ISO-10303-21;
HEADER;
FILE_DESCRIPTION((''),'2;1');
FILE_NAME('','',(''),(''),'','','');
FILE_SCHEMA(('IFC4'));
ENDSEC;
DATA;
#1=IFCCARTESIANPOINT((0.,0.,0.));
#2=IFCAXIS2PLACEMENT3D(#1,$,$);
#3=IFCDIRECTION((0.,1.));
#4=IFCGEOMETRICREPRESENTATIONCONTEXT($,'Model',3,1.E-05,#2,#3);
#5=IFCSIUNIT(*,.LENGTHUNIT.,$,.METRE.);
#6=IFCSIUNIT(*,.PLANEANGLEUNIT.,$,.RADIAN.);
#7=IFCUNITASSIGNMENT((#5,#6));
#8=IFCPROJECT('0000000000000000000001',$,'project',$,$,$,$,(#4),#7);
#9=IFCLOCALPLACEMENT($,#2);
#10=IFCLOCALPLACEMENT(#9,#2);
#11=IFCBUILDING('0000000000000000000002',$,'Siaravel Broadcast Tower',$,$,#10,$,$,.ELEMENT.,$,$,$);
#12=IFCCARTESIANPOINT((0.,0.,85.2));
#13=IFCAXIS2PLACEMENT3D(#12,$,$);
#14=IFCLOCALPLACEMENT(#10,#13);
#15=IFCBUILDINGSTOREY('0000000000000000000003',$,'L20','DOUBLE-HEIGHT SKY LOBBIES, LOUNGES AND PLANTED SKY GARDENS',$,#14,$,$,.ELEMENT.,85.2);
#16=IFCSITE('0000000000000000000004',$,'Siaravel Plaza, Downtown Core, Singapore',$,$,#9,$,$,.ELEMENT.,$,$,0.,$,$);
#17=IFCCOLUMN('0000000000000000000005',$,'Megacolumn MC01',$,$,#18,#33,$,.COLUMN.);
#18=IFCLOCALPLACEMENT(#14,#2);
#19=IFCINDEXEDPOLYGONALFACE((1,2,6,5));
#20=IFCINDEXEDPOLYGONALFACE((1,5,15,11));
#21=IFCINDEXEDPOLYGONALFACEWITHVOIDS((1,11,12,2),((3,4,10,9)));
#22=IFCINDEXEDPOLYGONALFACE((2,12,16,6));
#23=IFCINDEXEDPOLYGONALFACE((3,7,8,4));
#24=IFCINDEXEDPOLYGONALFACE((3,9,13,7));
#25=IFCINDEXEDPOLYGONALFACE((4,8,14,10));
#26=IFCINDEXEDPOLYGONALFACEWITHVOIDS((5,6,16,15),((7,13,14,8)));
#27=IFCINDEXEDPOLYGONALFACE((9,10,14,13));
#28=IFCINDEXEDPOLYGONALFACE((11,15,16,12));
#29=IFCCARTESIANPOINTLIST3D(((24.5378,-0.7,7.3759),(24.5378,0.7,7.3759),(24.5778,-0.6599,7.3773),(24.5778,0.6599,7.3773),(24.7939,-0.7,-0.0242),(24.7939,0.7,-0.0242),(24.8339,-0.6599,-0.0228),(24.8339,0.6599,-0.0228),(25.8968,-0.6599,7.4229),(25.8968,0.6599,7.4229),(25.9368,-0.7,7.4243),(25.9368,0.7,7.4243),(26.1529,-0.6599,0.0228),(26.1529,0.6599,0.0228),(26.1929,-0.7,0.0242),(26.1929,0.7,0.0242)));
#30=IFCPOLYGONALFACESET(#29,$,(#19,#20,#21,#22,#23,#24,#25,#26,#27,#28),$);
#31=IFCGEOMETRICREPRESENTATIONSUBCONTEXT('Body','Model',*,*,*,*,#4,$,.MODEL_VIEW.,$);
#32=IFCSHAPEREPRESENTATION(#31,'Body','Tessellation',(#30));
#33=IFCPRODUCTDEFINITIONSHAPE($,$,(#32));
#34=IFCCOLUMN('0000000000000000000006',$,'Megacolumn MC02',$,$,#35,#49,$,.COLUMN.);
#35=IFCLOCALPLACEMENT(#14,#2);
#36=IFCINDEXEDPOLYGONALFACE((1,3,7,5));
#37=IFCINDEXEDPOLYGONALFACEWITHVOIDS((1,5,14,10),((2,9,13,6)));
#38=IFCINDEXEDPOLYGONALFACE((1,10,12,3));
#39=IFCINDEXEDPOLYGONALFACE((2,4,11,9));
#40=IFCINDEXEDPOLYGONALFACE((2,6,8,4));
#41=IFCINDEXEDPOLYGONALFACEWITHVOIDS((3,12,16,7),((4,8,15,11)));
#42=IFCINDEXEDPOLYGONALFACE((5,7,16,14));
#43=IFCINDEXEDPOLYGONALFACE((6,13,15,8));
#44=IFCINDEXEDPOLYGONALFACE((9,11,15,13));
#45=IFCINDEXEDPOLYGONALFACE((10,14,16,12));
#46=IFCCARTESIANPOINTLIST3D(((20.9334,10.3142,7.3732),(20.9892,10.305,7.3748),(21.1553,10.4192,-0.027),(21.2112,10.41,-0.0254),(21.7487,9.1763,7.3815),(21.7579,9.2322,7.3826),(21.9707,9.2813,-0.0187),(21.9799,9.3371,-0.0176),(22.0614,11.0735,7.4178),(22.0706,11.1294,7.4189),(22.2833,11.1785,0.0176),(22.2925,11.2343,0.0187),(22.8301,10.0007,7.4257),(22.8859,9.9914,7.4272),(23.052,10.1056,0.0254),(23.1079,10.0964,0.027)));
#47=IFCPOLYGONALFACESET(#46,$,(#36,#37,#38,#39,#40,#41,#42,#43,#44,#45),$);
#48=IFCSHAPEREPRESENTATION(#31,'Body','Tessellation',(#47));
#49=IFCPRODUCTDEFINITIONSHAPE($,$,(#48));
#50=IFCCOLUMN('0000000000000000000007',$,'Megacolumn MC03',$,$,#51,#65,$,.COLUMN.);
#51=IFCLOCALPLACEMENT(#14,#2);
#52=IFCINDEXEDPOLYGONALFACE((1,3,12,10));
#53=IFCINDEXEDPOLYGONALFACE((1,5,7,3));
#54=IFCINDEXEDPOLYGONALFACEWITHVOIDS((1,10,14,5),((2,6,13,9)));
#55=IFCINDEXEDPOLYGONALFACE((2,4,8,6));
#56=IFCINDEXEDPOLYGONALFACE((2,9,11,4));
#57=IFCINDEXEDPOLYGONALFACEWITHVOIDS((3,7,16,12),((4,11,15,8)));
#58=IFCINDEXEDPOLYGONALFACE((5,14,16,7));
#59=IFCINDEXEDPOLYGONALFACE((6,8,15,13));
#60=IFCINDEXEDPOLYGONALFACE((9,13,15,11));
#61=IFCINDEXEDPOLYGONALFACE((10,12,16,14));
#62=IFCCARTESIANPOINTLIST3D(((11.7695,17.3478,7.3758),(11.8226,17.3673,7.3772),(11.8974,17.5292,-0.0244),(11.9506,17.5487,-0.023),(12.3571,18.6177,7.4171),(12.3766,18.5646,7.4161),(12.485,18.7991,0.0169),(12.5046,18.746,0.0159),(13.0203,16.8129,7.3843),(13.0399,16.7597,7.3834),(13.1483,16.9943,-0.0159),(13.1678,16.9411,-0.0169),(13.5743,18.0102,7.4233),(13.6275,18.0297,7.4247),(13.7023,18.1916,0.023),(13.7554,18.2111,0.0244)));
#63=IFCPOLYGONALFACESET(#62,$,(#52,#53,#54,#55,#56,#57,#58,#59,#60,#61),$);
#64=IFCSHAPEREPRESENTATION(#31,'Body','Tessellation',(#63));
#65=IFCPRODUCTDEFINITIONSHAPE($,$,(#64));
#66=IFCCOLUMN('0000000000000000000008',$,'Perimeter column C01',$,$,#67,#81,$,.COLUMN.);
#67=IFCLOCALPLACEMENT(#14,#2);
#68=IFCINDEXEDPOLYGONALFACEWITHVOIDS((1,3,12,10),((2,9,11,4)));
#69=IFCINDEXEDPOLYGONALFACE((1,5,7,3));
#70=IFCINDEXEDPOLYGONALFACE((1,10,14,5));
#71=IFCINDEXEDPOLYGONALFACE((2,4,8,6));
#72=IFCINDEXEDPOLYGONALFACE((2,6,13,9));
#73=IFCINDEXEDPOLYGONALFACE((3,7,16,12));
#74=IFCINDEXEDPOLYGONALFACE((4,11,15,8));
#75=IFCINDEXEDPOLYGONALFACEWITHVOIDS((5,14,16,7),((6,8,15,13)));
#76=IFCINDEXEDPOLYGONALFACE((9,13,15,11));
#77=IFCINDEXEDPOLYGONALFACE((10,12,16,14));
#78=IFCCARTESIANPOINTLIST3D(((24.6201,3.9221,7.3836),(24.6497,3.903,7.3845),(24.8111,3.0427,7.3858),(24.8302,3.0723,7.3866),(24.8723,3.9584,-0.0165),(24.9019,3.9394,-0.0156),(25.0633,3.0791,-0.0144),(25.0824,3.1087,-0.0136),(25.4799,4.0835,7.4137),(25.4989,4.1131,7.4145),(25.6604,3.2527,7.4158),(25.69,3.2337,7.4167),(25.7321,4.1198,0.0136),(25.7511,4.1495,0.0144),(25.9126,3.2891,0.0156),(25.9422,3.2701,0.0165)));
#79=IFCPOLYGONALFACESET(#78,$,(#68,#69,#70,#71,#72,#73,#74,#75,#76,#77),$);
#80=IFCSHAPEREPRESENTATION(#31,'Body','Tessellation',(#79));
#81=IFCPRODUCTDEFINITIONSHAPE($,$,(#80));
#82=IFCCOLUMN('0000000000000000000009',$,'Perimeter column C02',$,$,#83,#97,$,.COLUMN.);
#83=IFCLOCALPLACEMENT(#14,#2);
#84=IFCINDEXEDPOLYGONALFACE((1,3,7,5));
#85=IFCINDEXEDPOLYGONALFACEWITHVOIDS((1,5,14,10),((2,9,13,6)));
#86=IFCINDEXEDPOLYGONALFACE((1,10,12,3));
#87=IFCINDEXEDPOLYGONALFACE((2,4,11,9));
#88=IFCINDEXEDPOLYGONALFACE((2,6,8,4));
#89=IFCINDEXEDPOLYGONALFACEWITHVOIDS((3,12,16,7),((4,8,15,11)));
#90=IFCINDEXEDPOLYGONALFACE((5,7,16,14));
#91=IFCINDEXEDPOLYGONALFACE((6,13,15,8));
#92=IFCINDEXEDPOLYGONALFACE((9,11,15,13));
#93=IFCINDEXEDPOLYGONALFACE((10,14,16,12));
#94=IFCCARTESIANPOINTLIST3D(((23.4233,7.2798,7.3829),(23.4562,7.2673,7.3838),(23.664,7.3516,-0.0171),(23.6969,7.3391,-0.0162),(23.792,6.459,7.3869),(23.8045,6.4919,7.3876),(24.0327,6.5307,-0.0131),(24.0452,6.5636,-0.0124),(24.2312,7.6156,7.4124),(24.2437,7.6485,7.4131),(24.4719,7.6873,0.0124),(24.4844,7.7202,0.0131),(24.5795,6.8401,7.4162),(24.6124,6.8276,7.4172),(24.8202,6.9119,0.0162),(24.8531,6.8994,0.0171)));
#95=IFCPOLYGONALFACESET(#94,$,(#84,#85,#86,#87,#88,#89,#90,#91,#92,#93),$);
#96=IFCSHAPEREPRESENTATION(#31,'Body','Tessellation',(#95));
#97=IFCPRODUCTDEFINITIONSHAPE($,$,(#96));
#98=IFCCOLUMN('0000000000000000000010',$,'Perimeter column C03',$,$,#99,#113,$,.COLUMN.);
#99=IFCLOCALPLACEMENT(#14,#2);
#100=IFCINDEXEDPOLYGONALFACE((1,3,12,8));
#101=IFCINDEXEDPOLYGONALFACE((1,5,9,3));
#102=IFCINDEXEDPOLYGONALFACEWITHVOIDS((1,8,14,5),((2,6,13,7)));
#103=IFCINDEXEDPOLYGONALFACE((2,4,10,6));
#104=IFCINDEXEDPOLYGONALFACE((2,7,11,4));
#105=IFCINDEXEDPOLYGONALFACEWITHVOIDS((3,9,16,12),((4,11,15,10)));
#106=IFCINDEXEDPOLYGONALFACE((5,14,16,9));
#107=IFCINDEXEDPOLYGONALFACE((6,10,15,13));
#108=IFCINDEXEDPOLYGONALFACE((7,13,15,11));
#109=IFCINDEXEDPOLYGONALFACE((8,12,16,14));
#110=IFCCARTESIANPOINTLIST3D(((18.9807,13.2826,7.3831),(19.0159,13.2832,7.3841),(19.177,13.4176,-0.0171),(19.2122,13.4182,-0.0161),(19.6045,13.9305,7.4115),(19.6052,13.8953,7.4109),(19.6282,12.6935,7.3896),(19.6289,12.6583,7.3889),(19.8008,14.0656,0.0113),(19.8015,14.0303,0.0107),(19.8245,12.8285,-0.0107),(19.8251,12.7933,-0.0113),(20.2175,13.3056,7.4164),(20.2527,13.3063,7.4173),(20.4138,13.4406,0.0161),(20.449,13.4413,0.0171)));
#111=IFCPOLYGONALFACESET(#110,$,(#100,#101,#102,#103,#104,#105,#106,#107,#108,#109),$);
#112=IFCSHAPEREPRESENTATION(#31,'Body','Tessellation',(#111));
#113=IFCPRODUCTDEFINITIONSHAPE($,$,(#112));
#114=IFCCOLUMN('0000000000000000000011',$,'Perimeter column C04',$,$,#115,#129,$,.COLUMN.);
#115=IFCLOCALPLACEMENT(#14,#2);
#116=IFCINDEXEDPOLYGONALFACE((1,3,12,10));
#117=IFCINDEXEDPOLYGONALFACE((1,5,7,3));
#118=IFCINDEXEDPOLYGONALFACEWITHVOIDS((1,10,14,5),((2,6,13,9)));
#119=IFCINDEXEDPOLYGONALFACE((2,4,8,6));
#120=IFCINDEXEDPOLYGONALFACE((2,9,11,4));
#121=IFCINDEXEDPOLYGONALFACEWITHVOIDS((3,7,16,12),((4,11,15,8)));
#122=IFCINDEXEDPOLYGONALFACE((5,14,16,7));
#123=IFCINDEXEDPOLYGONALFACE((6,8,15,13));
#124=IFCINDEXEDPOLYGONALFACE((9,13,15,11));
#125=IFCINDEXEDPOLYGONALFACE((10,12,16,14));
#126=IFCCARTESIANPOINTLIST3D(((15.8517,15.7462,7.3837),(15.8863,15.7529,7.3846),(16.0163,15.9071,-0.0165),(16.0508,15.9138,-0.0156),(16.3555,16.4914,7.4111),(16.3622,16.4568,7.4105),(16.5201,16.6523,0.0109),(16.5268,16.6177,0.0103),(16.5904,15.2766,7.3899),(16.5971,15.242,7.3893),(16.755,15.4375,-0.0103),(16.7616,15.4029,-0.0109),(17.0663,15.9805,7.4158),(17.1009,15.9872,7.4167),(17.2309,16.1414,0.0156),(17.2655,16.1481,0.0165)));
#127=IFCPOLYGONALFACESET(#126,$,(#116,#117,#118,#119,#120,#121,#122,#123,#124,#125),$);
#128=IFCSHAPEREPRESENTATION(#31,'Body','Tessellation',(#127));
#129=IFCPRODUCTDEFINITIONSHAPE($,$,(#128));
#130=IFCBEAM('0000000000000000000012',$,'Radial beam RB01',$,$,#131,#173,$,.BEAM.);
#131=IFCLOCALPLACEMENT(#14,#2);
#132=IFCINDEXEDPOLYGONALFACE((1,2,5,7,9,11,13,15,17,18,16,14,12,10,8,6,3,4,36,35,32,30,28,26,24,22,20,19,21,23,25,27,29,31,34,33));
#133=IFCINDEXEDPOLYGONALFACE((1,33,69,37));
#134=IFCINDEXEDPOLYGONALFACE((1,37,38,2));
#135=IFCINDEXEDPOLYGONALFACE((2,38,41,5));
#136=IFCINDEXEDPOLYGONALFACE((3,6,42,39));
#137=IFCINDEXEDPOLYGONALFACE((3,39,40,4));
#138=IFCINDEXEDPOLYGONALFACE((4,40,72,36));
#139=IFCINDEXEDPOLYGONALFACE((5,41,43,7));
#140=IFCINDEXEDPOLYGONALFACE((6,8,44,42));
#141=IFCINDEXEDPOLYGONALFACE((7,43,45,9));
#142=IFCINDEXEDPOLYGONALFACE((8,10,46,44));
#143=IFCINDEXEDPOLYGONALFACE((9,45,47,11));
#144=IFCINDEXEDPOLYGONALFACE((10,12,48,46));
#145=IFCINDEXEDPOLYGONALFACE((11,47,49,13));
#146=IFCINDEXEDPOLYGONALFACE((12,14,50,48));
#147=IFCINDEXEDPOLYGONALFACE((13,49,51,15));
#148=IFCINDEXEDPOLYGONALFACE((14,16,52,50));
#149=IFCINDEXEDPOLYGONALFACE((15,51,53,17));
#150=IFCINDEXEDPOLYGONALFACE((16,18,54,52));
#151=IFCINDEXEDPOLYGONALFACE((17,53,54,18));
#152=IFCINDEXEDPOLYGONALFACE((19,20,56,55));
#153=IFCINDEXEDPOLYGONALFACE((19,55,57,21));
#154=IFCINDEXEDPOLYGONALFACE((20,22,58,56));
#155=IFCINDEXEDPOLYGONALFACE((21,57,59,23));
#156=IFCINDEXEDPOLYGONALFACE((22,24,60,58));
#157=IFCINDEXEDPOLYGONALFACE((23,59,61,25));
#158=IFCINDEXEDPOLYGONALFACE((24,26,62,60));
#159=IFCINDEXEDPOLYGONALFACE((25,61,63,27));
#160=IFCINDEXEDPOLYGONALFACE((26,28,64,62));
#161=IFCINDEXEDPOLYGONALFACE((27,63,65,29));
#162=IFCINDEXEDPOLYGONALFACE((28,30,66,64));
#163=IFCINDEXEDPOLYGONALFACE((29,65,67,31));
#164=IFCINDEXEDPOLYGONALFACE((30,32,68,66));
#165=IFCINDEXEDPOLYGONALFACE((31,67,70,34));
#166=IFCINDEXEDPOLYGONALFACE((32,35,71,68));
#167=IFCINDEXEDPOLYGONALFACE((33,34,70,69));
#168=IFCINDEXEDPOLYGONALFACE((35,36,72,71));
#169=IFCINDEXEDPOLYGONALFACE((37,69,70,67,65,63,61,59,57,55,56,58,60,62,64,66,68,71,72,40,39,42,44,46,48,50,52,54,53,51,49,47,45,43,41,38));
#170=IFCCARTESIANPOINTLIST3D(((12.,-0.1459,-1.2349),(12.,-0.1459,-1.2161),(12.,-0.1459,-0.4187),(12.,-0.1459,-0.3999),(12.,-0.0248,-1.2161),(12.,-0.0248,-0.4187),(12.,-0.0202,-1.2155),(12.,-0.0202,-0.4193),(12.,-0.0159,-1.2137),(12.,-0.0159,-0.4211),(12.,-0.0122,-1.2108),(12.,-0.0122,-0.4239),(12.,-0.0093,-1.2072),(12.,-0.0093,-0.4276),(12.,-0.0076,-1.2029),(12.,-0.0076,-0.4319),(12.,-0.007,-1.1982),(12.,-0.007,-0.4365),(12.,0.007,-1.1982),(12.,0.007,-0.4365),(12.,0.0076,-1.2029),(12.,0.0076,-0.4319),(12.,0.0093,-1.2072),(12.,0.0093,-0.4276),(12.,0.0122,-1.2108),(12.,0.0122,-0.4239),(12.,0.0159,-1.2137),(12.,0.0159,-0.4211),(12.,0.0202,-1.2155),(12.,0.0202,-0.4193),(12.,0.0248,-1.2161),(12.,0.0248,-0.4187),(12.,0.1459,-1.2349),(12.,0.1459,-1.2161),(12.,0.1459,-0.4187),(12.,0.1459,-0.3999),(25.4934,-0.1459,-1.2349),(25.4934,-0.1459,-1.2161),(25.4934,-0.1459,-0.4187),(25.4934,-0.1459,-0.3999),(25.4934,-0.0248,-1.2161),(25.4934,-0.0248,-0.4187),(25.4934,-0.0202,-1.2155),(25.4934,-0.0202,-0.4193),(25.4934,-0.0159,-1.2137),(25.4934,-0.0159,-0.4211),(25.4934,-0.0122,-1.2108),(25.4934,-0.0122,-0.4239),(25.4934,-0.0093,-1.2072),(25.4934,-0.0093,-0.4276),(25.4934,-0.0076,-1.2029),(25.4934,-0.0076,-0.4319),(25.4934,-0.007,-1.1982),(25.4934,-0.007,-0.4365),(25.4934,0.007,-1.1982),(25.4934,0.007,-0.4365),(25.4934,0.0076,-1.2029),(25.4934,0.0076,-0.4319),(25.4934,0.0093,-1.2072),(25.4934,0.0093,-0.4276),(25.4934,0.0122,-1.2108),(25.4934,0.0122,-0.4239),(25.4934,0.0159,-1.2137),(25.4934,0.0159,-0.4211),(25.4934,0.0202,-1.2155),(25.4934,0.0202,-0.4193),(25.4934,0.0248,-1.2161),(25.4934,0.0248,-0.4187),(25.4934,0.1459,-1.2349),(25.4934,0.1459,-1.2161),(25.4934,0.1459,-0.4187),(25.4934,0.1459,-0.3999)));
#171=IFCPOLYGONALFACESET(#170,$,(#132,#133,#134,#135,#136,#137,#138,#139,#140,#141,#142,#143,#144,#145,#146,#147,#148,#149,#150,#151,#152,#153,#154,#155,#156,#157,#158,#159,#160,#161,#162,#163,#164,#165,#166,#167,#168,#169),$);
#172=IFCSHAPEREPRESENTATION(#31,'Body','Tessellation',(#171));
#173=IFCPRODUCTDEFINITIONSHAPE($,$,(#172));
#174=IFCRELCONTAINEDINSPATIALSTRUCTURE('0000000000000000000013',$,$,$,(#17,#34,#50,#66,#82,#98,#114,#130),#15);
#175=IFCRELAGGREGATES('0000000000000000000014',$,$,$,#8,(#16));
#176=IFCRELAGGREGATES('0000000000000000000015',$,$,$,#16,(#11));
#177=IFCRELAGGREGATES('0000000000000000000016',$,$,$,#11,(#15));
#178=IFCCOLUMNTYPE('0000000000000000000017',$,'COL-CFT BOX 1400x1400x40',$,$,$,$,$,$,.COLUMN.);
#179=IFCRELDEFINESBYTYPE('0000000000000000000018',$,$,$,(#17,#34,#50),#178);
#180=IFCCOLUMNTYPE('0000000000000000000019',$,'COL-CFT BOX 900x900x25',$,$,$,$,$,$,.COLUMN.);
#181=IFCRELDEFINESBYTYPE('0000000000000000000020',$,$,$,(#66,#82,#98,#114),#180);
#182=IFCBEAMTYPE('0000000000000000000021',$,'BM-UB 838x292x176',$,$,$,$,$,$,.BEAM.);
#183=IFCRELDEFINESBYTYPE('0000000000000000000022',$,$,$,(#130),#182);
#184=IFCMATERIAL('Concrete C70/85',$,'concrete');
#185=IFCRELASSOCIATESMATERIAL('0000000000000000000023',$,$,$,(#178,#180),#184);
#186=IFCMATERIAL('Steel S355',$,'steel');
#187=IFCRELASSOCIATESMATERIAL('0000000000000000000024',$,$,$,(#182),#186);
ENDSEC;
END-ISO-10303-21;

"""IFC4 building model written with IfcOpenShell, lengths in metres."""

from ifc_helpers import new_model, si_unit, direction, frame, origin, origin_2d, place, context, subcontext, project, spatial, hollow_rectangle, i_section, extrude, material, material_profile, profile_set, type_object, element, save


model = new_model("IFC4")

# Units and contexts
model_context = context("Model", 3, precision=1e-05, world=origin(), true_north=direction((0.0, 1.0)))
body_context = subcontext(model_context, "Body", "Model", "MODEL_VIEW")
ifc_project = project(units=[si_unit("LENGTHUNIT", "METRE"), si_unit("PLANEANGLEUNIT", "RADIAN")], contexts=[model_context])

# Site, building, storey
site_placement = place(None, origin())
site = spatial("IfcSite", under=ifc_project, at=site_placement, Name="Siaravel Plaza, Downtown Core, Singapore", CompositionType="ELEMENT", RefElevation=0.0)
building_placement = place(site_placement, origin())
building = spatial("IfcBuilding", under=site, at=building_placement, Name="Siaravel Broadcast Tower", CompositionType="ELEMENT")
storey_placement = place(building_placement, frame((0.0, 0.0, 85.2)))
storey = spatial("IfcBuildingStorey", under=building, at=storey_placement, Name="L20", Description="DOUBLE-HEIGHT SKY LOBBIES, LOUNGES AND PLANTED SKY GARDENS", CompositionType="ELEMENT", Elevation=85.2)

# Columns
ifc_material_1 = material(Name="Concrete C70/85", Category="concrete")
ifc_material_profile_1 = material_profile(ifc_material_1, hollow_rectangle(XDim=1.3999, YDim=1.3999, WallThickness=0.04, at=origin_2d()))
ifc_profile_set_1 = profile_set([ifc_material_profile_1], Name="Concrete C70/85")
column_type_1 = type_object("IfcColumnType", Name="COL-CFT BOX 1400x1400x40", PredefinedType="COLUMN", material=ifc_profile_set_1)
column_1_placement = place(storey_placement, frame((25.4934, 0.0, 0.0), z_axis=(-0.034587, 0.0, 0.999402), x_axis=(0.0, -1.0, 0.0)))
element("IfcColumn", 1, at=column_1_placement, inside=storey, type_object=column_type_1, Name="Megacolumn MC01", PredefinedType="COLUMN", context=body_context, shape_type="SweptSolid", body=[
    extrude(hollow_rectangle(XDim=1.3999, YDim=1.3999, WallThickness=0.04, at=origin_2d()), origin(), (0.0, 0.0, 1.0), 7.4045),
])
column_2_placement = place(storey_placement, frame((22.1316, 10.2578, 0.0), z_axis=(-0.029973, -0.014178, 0.99945), x_axis=(0.582422, -0.812865, 0.005935)))
element("IfcColumn", 2, at=column_2_placement, inside=storey, type_object=column_type_1, Name="Megacolumn MC02", PredefinedType="COLUMN", context=body_context, shape_type="SweptSolid", body=[
    extrude(hollow_rectangle(XDim=1.3999, YDim=1.3999, WallThickness=0.04, at=origin_2d()), origin(), (0.0, 0.0, 1.0), 7.4043),
])
column_3_placement = place(storey_placement, frame((12.8264, 17.8701, 0.0), z_axis=(-0.01728, -0.024502, 0.99955), x_axis=(0.907479, -0.420063, 0.005391)))
element("IfcColumn", 3, at=column_3_placement, inside=storey, type_object=column_type_1, Name="Megacolumn MC03", PredefinedType="COLUMN", context=body_context, shape_type="SweptSolid", body=[
    extrude(hollow_rectangle(XDim=1.3999, YDim=1.3999, WallThickness=0.04, at=origin_2d()), origin(), (0.0, 0.0, 1.0), 7.4036),
])
ifc_material_profile_2 = material_profile(ifc_material_1, hollow_rectangle(XDim=0.8999, YDim=0.8999, WallThickness=0.0249, at=origin_2d()))
ifc_profile_set_2 = profile_set([ifc_material_profile_2], Name="Concrete C70/85")
column_type_2 = type_object("IfcColumnType", Name="COL-CFT BOX 900x900x25", PredefinedType="COLUMN", material=ifc_profile_set_2)
column_4_placement = place(storey_placement, frame((25.4072, 3.6143, 0.0), z_axis=(-0.03406, -0.004913, 0.999408), x_axis=(0.212302, -0.977201, 0.002432)))
element("IfcColumn", 4, at=column_4_placement, inside=storey, type_object=column_type_2, Name="Perimeter column C01", PredefinedType="COLUMN", context=body_context, shape_type="SweptSolid", body=[
    extrude(hollow_rectangle(XDim=0.8999, YDim=0.8999, WallThickness=0.0249, at=origin_2d()), origin(), (0.0, 0.0, 1.0), 7.4045),
])
column_5_placement = place(storey_placement, frame((24.2585, 7.1255, 0.0), z_axis=(-0.032511, -0.009694, 0.999424), x_axis=(0.409727, -0.912197, 0.00448)))
element("IfcColumn", 5, at=column_5_placement, inside=storey, type_object=column_type_2, Name="Perimeter column C02", PredefinedType="COLUMN", context=body_context, shape_type="SweptSolid", body=[
    extrude(hollow_rectangle(XDim=0.8999, YDim=0.8999, WallThickness=0.0249, at=origin_2d()), origin(), (0.0, 0.0, 1.0), 7.4043),
])
column_6_placement = place(storey_placement, frame((19.813, 13.4294, 0.0), z_axis=(-0.026511, -0.018235, 0.999482), x_axis=(0.720243, -0.693692, 0.006449)))
element("IfcColumn", 6, at=column_6_placement, inside=storey, type_object=column_type_2, Name="Perimeter column C03", PredefinedType="COLUMN", context=body_context, shape_type="SweptSolid", body=[
    extrude(hollow_rectangle(XDim=0.8999, YDim=0.8999, WallThickness=0.0249, at=origin_2d()), origin(), (0.0, 0.0, 1.0), 7.4041),
])
column_7_placement = place(storey_placement, frame((16.6409, 16.0276, 0.0), z_axis=(-0.022225, -0.021731, 0.999517), x_axis=(0.828277, -0.560283, 0.006236)))
element("IfcColumn", 7, at=column_7_placement, inside=storey, type_object=column_type_2, Name="Perimeter column C04", PredefinedType="COLUMN", context=body_context, shape_type="SweptSolid", body=[
    extrude(hollow_rectangle(XDim=0.8999, YDim=0.8999, WallThickness=0.0249, at=origin_2d()), origin(), (0.0, 0.0, 1.0), 7.4038),
])

# Beam
ifc_material_2 = material(Name="Steel S355", Category="steel")
ifc_material_profile_3 = material_profile(ifc_material_2, i_section(OverallWidth=0.2917, OverallDepth=0.835, WebThickness=0.0139, FlangeThickness=0.0188, FilletRadius=0.0178, at=origin_2d()))
ifc_profile_set_3 = profile_set([ifc_material_profile_3], Name="Steel S355")
beam_type = type_object("IfcBeamType", Name="BM-UB 838x292x176", PredefinedType="BEAM", material=ifc_profile_set_3)
beam_1_placement = place(storey_placement, frame((25.4934, 0.0, -0.8174), z_axis=(-1.0, 0.0, 0.0), x_axis=(0.0, -1.0, 0.0)))
element("IfcBeam", 8, at=beam_1_placement, inside=storey, type_object=beam_type, Name="Radial beam RB01", PredefinedType="BEAM", context=body_context, shape_type="SweptSolid", body=[
    extrude(i_section(OverallWidth=0.2917, OverallDepth=0.835, WebThickness=0.0139, FlangeThickness=0.0188, FilletRadius=0.0178, at=origin_2d()), origin(), (0.0, 0.0, 1.0), 13.4934),
])

save(model, "model.ifc")
